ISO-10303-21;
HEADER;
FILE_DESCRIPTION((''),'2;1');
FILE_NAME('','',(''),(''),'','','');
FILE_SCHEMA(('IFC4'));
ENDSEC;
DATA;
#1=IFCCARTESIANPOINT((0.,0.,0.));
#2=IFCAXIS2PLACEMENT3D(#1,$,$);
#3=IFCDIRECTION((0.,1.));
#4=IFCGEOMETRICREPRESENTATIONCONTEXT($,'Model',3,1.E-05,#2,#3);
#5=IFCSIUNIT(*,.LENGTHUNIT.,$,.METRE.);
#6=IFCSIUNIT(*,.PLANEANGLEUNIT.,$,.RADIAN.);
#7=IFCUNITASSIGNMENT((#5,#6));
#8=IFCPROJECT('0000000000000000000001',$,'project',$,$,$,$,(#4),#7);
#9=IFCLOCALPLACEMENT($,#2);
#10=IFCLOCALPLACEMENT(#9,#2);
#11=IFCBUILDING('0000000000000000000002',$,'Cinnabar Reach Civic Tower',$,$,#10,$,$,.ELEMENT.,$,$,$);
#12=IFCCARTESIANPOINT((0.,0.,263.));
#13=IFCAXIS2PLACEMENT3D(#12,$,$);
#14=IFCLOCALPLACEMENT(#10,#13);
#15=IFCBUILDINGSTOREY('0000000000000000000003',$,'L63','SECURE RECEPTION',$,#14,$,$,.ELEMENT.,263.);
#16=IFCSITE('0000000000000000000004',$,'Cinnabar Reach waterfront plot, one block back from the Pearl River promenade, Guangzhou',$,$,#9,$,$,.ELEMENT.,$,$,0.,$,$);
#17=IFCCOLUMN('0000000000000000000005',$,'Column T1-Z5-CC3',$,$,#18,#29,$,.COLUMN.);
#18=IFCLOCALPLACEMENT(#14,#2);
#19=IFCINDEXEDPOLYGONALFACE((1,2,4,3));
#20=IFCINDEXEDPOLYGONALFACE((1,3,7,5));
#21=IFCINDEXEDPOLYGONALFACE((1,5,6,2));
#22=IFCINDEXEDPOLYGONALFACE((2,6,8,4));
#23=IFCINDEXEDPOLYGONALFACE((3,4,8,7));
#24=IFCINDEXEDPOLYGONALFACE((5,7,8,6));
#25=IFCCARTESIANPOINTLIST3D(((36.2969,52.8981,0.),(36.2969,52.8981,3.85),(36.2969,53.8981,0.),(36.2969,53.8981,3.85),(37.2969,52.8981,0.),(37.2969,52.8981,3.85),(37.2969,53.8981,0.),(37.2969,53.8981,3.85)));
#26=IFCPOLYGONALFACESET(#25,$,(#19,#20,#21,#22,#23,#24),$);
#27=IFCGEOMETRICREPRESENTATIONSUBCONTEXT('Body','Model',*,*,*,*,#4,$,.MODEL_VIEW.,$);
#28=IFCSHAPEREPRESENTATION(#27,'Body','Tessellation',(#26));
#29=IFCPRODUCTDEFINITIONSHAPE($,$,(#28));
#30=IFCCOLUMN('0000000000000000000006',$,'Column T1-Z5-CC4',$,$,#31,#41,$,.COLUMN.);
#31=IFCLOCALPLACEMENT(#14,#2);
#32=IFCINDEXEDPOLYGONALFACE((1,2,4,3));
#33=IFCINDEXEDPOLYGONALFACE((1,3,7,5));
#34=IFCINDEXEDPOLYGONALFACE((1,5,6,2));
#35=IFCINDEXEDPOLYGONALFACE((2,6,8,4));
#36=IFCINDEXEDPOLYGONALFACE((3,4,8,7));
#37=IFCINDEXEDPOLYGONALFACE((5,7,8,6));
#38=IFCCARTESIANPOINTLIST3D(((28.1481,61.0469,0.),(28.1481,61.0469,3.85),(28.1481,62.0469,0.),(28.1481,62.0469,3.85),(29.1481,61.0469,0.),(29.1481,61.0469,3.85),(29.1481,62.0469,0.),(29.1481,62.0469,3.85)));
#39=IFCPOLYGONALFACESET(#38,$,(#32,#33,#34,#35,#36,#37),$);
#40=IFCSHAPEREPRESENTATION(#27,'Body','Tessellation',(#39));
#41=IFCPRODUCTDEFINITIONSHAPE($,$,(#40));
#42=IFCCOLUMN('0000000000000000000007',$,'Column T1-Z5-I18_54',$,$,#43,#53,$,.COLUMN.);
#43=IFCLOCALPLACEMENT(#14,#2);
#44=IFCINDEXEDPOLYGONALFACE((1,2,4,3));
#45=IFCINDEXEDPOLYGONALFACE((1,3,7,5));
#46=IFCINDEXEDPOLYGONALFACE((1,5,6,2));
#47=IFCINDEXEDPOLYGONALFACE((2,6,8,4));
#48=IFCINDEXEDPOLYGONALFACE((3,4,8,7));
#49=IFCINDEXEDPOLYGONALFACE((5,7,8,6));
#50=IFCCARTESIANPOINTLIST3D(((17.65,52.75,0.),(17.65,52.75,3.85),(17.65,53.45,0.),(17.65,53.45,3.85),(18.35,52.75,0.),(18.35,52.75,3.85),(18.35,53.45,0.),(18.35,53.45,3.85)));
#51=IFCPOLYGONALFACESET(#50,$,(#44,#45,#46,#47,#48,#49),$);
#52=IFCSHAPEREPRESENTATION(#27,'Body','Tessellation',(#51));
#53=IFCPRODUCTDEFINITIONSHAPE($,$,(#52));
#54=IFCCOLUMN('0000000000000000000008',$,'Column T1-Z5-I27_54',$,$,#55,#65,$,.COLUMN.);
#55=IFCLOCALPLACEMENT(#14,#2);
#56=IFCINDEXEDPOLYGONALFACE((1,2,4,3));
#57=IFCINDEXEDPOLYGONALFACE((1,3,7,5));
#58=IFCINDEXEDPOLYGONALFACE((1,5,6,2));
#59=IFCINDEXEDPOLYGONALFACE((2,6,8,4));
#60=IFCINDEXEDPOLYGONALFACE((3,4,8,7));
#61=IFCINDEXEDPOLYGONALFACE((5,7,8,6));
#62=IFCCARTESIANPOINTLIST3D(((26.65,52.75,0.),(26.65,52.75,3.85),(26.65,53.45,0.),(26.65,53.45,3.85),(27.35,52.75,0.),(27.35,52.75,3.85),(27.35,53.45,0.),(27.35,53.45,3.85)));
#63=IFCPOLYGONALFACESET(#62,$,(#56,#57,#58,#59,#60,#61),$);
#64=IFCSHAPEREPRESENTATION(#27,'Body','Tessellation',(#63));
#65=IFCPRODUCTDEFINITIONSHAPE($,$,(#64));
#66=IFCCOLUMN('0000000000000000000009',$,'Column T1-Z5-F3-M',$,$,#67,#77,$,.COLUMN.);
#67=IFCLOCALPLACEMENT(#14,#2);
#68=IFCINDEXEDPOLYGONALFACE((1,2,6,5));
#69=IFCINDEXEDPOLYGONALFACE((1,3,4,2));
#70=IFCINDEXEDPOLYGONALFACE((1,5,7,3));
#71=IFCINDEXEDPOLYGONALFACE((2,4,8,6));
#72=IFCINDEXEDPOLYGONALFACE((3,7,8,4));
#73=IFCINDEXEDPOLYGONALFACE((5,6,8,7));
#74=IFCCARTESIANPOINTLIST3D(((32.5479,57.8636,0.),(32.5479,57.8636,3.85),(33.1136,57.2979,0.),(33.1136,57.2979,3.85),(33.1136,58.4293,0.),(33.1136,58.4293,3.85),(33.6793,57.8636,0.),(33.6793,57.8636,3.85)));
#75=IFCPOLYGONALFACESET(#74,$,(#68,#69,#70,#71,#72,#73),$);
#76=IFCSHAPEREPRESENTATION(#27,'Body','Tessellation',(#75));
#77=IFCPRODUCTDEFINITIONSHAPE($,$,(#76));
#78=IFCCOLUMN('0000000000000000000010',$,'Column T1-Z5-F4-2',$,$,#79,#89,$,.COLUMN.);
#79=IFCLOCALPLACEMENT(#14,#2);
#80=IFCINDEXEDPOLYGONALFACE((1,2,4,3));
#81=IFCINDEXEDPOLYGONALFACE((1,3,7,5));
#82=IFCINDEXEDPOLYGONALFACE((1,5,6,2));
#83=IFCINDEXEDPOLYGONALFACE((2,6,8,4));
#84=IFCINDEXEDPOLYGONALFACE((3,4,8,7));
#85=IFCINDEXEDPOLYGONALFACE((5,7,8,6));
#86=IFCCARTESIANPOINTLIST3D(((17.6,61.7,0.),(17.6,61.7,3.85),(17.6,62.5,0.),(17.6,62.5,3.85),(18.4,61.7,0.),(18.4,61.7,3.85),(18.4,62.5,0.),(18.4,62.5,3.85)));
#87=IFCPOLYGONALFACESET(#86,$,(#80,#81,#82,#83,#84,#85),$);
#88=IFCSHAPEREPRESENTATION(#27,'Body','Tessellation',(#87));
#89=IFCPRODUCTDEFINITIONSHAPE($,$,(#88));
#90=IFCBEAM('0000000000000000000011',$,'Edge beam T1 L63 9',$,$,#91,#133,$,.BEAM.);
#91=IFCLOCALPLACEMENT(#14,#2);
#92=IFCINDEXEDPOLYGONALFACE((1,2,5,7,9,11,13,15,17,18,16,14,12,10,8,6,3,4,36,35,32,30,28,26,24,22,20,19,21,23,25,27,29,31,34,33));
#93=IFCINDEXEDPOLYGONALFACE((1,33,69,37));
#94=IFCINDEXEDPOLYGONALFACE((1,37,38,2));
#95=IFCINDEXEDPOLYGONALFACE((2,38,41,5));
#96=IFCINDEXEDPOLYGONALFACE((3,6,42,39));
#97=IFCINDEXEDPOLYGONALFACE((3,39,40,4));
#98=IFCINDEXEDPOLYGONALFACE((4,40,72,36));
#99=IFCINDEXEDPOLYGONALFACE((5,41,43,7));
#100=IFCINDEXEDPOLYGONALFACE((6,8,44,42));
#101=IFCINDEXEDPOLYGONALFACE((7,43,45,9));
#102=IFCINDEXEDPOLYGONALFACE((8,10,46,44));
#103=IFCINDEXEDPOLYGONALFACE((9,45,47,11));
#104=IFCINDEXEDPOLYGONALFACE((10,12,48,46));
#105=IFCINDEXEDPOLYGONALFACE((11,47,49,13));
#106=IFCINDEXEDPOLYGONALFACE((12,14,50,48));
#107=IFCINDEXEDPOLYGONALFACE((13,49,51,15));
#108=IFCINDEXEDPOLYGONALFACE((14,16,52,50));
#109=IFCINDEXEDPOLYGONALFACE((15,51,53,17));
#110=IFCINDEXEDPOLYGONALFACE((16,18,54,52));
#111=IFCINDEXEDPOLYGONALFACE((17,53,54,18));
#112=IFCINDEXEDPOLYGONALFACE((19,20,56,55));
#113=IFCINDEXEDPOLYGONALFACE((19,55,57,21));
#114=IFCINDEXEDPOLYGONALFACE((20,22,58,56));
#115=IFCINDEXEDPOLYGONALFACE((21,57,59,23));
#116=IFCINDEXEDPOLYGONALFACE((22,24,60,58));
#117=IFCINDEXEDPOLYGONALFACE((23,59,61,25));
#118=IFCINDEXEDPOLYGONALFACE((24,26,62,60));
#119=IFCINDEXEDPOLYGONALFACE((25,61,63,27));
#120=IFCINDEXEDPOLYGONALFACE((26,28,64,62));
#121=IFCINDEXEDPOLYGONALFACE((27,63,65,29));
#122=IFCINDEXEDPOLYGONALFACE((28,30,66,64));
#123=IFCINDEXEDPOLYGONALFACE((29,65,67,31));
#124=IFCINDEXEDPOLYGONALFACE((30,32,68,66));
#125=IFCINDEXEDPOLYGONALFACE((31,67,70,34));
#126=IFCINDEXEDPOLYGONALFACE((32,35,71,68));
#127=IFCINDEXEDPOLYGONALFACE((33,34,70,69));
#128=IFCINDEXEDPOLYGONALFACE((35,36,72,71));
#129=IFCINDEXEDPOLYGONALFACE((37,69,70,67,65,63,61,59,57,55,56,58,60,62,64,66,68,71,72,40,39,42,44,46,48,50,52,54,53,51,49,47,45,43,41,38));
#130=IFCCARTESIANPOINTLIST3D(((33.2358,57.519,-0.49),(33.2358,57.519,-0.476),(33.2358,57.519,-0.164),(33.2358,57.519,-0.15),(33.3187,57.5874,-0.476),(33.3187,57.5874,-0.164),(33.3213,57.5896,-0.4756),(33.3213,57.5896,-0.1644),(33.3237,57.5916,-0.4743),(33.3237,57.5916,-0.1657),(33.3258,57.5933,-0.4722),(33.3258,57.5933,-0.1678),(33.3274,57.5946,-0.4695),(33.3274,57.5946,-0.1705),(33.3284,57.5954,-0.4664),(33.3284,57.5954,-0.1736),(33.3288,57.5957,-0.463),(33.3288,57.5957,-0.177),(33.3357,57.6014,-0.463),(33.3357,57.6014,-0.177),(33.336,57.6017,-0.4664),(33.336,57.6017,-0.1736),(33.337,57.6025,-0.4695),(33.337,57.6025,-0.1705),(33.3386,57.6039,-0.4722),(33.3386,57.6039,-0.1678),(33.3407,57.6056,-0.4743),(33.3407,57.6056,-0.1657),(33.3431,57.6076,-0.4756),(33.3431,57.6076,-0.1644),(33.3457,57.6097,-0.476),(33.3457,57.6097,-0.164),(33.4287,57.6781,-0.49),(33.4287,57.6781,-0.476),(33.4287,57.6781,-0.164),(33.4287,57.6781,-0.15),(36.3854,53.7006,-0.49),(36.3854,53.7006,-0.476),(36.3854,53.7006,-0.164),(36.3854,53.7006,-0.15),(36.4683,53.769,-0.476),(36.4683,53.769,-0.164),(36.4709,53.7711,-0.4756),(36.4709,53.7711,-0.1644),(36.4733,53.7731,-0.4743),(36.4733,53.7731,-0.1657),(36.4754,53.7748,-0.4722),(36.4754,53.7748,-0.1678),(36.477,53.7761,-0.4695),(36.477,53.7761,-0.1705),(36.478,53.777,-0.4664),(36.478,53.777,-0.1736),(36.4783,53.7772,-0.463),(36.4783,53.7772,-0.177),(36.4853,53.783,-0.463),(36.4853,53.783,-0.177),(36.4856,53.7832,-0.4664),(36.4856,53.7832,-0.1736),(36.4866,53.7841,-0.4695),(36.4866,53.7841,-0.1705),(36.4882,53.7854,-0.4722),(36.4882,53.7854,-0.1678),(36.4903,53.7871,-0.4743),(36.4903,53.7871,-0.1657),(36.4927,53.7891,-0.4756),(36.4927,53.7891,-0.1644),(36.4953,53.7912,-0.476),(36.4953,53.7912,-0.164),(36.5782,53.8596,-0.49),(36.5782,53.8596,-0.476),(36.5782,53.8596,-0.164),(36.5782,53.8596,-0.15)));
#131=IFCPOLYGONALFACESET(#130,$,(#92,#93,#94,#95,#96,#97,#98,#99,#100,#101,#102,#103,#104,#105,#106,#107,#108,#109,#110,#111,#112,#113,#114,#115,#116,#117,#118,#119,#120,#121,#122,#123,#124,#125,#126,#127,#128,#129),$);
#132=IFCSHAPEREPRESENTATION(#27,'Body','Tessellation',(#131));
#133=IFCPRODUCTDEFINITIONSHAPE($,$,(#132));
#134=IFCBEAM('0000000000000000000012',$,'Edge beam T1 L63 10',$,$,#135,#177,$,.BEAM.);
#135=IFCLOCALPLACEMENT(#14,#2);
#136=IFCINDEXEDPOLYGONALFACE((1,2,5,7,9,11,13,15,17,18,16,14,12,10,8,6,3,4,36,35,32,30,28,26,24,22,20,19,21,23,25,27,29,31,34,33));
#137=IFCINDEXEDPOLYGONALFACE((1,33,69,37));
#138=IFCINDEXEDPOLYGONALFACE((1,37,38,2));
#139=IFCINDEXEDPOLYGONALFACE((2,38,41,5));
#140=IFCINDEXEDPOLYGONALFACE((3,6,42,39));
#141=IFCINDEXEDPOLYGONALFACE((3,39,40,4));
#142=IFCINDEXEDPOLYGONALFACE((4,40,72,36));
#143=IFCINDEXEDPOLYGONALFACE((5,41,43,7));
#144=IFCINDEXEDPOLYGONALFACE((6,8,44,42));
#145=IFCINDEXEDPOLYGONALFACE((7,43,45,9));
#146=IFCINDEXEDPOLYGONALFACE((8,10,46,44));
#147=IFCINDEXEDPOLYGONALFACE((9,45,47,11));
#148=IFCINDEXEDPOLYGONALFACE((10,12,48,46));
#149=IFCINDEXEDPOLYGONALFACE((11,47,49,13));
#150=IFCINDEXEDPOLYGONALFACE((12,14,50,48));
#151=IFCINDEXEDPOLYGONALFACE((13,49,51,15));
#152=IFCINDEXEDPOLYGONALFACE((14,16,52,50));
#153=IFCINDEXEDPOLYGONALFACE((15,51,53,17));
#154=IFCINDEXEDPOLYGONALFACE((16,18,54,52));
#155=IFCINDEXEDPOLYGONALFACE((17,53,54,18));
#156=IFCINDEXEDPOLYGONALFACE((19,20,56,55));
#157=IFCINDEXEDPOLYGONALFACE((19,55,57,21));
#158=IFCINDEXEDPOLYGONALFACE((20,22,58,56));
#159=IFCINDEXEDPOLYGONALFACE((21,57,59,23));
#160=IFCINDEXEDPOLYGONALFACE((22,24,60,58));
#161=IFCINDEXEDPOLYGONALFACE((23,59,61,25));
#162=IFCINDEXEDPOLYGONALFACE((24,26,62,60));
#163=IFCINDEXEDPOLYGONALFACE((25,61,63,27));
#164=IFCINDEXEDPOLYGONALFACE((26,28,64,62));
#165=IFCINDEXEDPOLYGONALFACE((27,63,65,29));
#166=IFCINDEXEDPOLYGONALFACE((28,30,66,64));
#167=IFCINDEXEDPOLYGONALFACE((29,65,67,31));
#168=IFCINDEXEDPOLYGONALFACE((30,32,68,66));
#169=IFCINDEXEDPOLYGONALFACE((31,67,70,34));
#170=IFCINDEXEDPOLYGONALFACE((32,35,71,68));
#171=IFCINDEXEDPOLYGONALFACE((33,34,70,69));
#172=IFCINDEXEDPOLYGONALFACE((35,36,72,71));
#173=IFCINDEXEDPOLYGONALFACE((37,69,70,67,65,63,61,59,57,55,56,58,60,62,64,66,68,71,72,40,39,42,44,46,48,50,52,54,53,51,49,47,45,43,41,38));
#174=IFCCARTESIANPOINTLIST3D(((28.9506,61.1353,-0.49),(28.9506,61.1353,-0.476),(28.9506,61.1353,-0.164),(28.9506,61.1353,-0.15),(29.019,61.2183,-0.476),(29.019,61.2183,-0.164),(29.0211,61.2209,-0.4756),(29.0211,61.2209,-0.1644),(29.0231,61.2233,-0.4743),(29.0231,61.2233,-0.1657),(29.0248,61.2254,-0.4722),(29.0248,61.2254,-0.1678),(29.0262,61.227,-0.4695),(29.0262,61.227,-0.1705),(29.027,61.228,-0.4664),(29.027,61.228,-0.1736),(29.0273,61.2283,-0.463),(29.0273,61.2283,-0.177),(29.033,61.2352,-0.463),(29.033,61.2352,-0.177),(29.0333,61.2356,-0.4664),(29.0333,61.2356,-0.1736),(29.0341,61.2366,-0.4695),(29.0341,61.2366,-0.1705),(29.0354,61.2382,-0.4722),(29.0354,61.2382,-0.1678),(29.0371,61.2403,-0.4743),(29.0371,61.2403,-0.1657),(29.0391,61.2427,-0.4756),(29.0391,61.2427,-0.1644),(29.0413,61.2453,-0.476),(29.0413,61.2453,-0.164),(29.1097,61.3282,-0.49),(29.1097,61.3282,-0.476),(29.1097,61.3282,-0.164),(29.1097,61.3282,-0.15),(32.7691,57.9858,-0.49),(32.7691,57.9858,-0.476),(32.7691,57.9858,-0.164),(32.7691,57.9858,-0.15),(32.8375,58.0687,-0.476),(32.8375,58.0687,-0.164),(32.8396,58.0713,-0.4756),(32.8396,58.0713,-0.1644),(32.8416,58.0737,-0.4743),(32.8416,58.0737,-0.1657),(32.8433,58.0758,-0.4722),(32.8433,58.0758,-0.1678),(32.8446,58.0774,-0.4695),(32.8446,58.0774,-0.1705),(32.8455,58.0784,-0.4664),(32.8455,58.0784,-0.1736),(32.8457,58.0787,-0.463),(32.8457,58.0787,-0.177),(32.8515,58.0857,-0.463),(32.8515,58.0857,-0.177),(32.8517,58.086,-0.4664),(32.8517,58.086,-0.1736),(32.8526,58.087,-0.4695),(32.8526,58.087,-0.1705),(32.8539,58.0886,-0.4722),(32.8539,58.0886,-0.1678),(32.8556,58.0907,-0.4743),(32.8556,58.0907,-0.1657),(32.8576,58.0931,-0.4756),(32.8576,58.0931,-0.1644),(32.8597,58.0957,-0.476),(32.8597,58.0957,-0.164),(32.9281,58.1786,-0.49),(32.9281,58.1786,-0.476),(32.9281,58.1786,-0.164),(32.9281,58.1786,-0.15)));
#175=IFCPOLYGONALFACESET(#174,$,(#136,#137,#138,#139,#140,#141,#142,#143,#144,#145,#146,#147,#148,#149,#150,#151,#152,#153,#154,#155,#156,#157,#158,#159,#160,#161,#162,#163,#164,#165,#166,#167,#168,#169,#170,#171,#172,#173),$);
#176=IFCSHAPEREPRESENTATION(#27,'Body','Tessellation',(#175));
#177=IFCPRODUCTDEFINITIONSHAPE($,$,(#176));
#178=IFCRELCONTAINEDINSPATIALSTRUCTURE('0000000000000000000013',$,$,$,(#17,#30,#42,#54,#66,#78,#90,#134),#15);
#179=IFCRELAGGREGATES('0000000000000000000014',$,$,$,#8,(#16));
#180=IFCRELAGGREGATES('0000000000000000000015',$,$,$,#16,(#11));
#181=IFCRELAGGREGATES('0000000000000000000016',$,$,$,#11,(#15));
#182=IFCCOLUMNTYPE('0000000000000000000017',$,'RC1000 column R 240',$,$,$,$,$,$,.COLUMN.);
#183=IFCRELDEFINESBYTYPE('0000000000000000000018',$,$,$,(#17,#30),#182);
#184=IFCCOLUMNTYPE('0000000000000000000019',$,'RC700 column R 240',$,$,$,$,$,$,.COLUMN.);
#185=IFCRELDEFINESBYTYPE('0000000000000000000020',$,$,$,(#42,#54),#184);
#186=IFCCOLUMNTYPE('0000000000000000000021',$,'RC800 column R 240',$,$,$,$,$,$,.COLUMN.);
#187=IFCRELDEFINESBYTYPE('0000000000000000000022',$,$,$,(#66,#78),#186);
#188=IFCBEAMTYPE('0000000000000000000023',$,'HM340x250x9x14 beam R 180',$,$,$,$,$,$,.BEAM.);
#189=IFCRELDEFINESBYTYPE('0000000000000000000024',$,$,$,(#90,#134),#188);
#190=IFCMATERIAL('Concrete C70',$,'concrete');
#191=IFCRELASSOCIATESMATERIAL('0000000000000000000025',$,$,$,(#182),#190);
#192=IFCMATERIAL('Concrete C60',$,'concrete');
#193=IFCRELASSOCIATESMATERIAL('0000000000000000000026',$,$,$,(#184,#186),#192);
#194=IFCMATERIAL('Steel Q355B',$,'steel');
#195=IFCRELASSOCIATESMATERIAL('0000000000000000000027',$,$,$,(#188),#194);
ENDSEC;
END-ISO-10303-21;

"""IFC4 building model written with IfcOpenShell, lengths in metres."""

from ifc_helpers import new_model, si_unit, direction, frame, origin, origin_2d, place, context, subcontext, project, spatial, rectangle, i_section, extrude, material, material_profile, profile_set, type_object, element, save


model = new_model("IFC4")

# Units and contexts
model_context = context("Model", 3, precision=1e-05, world=origin(), true_north=direction((0.0, 1.0)))
body_context = subcontext(model_context, "Body", "Model", "MODEL_VIEW")
ifc_project = project(units=[si_unit("LENGTHUNIT", "METRE"), si_unit("PLANEANGLEUNIT", "RADIAN")], contexts=[model_context])

# Site, building, storey
site_placement = place(None, origin())
site = spatial("IfcSite", under=ifc_project, at=site_placement, Name="Cinnabar Reach waterfront plot, one block back from the Pearl River promenade, Guangzhou", CompositionType="ELEMENT", RefElevation=0.0)
building_placement = place(site_placement, origin())
building = spatial("IfcBuilding", under=site, at=building_placement, Name="Cinnabar Reach Civic Tower", CompositionType="ELEMENT")
storey_placement = place(building_placement, frame((0.0, 0.0, 263.0)))
storey = spatial("IfcBuildingStorey", under=building, at=storey_placement, Name="L63", Description="SECURE RECEPTION", CompositionType="ELEMENT", Elevation=263.0)

# Columns
ifc_material_1 = material(Name="Concrete C70", Category="concrete")
ifc_material_profile_1 = material_profile(ifc_material_1, rectangle(XDim=1.0, YDim=1.0, at=origin_2d()), Name="RC1000")
ifc_profile_set_1 = profile_set([ifc_material_profile_1], Name="Concrete C70")
column_type_1 = type_object("IfcColumnType", Name="RC1000 column R 240", PredefinedType="COLUMN", material=ifc_profile_set_1)
for number, where, z_axis, x_axis, name in (
    (1, (36.7969, 53.3981, 0.0), (0.0, 0.0, 1.0), (1.0, 0.0, 0.0), "Column T1-Z5-CC3"),
    (2, (28.6481, 61.5469, 0.0), (0.0, 0.0, 1.0), (1.0, 0.0, 0.0), "Column T1-Z5-CC4"),
):
    element("IfcColumn", number, at=place(storey_placement, frame(where, z_axis=z_axis, x_axis=x_axis)), inside=storey, type_object=column_type_1, Name=name, PredefinedType="COLUMN", context=body_context, shape_type="SweptSolid", body=[
        extrude(rectangle(XDim=1.0, YDim=1.0, at=origin_2d()), origin(), (0.0, 0.0, 1.0), 3.85),
    ])
ifc_material_2 = material(Name="Concrete C60", Category="concrete")
ifc_material_profile_2 = material_profile(ifc_material_2, rectangle(XDim=0.7, YDim=0.7, at=origin_2d()), Name="RC700")
ifc_profile_set_2 = profile_set([ifc_material_profile_2], Name="Concrete C60")
column_type_2 = type_object("IfcColumnType", Name="RC700 column R 240", PredefinedType="COLUMN", material=ifc_profile_set_2)
for number, where, z_axis, x_axis, name in (
    (3, (18.0, 53.1, 0.0), (0.0, 0.0, 1.0), (1.0, 0.0, 0.0), "Column T1-Z5-I18_54"),
    (4, (27.0, 53.1, 0.0), (0.0, 0.0, 1.0), (1.0, 0.0, 0.0), "Column T1-Z5-I27_54"),
):
    element("IfcColumn", number, at=place(storey_placement, frame(where, z_axis=z_axis, x_axis=x_axis)), inside=storey, type_object=column_type_2, Name=name, PredefinedType="COLUMN", context=body_context, shape_type="SweptSolid", body=[
        extrude(rectangle(XDim=0.7, YDim=0.7, at=origin_2d()), origin(), (0.0, 0.0, 1.0), 3.85),
    ])
ifc_material_profile_3 = material_profile(ifc_material_2, rectangle(XDim=0.8, YDim=0.8, at=origin_2d()), Name="RC800")
ifc_profile_set_3 = profile_set([ifc_material_profile_3], Name="Concrete C60")
column_type_3 = type_object("IfcColumnType", Name="RC800 column R 240", PredefinedType="COLUMN", material=ifc_profile_set_3)
for number, where, z_axis, x_axis, name in (
    (5, (33.1136, 57.8636, 0.0), (0.0, 0.0, 1.0), (0.707107, 0.707107, 0.0), "Column T1-Z5-F3-M"),
    (6, (18.0, 62.1, 0.0), (0.0, 0.0, 1.0), (1.0, 0.0, 0.0), "Column T1-Z5-F4-2"),
):
    element("IfcColumn", number, at=place(storey_placement, frame(where, z_axis=z_axis, x_axis=x_axis)), inside=storey, type_object=column_type_3, Name=name, PredefinedType="COLUMN", context=body_context, shape_type="SweptSolid", body=[
        extrude(rectangle(XDim=0.8, YDim=0.8, at=origin_2d()), origin(), (0.0, 0.0, 1.0), 3.85),
    ])

# Beams
ifc_material_3 = material(Name="Steel Q355B", Category="steel")
ifc_material_profile_4 = material_profile(ifc_material_3, i_section(OverallWidth=0.25, OverallDepth=0.34, WebThickness=0.009, FlangeThickness=0.014, FilletRadius=0.013, at=origin_2d()), Name="HM340x250x9x14")
ifc_profile_set_4 = profile_set([ifc_material_profile_4], Name="Steel Q355B")
beam_type_1 = type_object("IfcBeamType", Name="HM340x250x9x14 beam R 180", PredefinedType="BEAM", material=ifc_profile_set_4)
for number, where, z_axis, x_axis, name in (
    (7, (36.4818, 53.7801, -0.32), (-0.636303, 0.771439, 0.0), (-0.771439, -0.636303, 0.0), "Edge beam T1 L63 9"),
    (8, (32.8486, 58.0822, -0.32), (-0.771439, 0.636303, 0.0), (-0.636303, -0.771439, 0.0), "Edge beam T1 L63 10"),
):
    element("IfcBeam", number, at=place(storey_placement, frame(where, z_axis=z_axis, x_axis=x_axis)), inside=storey, type_object=beam_type_1, Name=name, PredefinedType="BEAM", context=body_context, shape_type="SweptSolid", body=[
        extrude(i_section(OverallWidth=0.25, OverallDepth=0.34, WebThickness=0.009, FlangeThickness=0.014, FilletRadius=0.013, at=origin_2d()), origin(), (0.0, 0.0, 1.0), 4.9498),
    ])

save(model, "model.ifc")
